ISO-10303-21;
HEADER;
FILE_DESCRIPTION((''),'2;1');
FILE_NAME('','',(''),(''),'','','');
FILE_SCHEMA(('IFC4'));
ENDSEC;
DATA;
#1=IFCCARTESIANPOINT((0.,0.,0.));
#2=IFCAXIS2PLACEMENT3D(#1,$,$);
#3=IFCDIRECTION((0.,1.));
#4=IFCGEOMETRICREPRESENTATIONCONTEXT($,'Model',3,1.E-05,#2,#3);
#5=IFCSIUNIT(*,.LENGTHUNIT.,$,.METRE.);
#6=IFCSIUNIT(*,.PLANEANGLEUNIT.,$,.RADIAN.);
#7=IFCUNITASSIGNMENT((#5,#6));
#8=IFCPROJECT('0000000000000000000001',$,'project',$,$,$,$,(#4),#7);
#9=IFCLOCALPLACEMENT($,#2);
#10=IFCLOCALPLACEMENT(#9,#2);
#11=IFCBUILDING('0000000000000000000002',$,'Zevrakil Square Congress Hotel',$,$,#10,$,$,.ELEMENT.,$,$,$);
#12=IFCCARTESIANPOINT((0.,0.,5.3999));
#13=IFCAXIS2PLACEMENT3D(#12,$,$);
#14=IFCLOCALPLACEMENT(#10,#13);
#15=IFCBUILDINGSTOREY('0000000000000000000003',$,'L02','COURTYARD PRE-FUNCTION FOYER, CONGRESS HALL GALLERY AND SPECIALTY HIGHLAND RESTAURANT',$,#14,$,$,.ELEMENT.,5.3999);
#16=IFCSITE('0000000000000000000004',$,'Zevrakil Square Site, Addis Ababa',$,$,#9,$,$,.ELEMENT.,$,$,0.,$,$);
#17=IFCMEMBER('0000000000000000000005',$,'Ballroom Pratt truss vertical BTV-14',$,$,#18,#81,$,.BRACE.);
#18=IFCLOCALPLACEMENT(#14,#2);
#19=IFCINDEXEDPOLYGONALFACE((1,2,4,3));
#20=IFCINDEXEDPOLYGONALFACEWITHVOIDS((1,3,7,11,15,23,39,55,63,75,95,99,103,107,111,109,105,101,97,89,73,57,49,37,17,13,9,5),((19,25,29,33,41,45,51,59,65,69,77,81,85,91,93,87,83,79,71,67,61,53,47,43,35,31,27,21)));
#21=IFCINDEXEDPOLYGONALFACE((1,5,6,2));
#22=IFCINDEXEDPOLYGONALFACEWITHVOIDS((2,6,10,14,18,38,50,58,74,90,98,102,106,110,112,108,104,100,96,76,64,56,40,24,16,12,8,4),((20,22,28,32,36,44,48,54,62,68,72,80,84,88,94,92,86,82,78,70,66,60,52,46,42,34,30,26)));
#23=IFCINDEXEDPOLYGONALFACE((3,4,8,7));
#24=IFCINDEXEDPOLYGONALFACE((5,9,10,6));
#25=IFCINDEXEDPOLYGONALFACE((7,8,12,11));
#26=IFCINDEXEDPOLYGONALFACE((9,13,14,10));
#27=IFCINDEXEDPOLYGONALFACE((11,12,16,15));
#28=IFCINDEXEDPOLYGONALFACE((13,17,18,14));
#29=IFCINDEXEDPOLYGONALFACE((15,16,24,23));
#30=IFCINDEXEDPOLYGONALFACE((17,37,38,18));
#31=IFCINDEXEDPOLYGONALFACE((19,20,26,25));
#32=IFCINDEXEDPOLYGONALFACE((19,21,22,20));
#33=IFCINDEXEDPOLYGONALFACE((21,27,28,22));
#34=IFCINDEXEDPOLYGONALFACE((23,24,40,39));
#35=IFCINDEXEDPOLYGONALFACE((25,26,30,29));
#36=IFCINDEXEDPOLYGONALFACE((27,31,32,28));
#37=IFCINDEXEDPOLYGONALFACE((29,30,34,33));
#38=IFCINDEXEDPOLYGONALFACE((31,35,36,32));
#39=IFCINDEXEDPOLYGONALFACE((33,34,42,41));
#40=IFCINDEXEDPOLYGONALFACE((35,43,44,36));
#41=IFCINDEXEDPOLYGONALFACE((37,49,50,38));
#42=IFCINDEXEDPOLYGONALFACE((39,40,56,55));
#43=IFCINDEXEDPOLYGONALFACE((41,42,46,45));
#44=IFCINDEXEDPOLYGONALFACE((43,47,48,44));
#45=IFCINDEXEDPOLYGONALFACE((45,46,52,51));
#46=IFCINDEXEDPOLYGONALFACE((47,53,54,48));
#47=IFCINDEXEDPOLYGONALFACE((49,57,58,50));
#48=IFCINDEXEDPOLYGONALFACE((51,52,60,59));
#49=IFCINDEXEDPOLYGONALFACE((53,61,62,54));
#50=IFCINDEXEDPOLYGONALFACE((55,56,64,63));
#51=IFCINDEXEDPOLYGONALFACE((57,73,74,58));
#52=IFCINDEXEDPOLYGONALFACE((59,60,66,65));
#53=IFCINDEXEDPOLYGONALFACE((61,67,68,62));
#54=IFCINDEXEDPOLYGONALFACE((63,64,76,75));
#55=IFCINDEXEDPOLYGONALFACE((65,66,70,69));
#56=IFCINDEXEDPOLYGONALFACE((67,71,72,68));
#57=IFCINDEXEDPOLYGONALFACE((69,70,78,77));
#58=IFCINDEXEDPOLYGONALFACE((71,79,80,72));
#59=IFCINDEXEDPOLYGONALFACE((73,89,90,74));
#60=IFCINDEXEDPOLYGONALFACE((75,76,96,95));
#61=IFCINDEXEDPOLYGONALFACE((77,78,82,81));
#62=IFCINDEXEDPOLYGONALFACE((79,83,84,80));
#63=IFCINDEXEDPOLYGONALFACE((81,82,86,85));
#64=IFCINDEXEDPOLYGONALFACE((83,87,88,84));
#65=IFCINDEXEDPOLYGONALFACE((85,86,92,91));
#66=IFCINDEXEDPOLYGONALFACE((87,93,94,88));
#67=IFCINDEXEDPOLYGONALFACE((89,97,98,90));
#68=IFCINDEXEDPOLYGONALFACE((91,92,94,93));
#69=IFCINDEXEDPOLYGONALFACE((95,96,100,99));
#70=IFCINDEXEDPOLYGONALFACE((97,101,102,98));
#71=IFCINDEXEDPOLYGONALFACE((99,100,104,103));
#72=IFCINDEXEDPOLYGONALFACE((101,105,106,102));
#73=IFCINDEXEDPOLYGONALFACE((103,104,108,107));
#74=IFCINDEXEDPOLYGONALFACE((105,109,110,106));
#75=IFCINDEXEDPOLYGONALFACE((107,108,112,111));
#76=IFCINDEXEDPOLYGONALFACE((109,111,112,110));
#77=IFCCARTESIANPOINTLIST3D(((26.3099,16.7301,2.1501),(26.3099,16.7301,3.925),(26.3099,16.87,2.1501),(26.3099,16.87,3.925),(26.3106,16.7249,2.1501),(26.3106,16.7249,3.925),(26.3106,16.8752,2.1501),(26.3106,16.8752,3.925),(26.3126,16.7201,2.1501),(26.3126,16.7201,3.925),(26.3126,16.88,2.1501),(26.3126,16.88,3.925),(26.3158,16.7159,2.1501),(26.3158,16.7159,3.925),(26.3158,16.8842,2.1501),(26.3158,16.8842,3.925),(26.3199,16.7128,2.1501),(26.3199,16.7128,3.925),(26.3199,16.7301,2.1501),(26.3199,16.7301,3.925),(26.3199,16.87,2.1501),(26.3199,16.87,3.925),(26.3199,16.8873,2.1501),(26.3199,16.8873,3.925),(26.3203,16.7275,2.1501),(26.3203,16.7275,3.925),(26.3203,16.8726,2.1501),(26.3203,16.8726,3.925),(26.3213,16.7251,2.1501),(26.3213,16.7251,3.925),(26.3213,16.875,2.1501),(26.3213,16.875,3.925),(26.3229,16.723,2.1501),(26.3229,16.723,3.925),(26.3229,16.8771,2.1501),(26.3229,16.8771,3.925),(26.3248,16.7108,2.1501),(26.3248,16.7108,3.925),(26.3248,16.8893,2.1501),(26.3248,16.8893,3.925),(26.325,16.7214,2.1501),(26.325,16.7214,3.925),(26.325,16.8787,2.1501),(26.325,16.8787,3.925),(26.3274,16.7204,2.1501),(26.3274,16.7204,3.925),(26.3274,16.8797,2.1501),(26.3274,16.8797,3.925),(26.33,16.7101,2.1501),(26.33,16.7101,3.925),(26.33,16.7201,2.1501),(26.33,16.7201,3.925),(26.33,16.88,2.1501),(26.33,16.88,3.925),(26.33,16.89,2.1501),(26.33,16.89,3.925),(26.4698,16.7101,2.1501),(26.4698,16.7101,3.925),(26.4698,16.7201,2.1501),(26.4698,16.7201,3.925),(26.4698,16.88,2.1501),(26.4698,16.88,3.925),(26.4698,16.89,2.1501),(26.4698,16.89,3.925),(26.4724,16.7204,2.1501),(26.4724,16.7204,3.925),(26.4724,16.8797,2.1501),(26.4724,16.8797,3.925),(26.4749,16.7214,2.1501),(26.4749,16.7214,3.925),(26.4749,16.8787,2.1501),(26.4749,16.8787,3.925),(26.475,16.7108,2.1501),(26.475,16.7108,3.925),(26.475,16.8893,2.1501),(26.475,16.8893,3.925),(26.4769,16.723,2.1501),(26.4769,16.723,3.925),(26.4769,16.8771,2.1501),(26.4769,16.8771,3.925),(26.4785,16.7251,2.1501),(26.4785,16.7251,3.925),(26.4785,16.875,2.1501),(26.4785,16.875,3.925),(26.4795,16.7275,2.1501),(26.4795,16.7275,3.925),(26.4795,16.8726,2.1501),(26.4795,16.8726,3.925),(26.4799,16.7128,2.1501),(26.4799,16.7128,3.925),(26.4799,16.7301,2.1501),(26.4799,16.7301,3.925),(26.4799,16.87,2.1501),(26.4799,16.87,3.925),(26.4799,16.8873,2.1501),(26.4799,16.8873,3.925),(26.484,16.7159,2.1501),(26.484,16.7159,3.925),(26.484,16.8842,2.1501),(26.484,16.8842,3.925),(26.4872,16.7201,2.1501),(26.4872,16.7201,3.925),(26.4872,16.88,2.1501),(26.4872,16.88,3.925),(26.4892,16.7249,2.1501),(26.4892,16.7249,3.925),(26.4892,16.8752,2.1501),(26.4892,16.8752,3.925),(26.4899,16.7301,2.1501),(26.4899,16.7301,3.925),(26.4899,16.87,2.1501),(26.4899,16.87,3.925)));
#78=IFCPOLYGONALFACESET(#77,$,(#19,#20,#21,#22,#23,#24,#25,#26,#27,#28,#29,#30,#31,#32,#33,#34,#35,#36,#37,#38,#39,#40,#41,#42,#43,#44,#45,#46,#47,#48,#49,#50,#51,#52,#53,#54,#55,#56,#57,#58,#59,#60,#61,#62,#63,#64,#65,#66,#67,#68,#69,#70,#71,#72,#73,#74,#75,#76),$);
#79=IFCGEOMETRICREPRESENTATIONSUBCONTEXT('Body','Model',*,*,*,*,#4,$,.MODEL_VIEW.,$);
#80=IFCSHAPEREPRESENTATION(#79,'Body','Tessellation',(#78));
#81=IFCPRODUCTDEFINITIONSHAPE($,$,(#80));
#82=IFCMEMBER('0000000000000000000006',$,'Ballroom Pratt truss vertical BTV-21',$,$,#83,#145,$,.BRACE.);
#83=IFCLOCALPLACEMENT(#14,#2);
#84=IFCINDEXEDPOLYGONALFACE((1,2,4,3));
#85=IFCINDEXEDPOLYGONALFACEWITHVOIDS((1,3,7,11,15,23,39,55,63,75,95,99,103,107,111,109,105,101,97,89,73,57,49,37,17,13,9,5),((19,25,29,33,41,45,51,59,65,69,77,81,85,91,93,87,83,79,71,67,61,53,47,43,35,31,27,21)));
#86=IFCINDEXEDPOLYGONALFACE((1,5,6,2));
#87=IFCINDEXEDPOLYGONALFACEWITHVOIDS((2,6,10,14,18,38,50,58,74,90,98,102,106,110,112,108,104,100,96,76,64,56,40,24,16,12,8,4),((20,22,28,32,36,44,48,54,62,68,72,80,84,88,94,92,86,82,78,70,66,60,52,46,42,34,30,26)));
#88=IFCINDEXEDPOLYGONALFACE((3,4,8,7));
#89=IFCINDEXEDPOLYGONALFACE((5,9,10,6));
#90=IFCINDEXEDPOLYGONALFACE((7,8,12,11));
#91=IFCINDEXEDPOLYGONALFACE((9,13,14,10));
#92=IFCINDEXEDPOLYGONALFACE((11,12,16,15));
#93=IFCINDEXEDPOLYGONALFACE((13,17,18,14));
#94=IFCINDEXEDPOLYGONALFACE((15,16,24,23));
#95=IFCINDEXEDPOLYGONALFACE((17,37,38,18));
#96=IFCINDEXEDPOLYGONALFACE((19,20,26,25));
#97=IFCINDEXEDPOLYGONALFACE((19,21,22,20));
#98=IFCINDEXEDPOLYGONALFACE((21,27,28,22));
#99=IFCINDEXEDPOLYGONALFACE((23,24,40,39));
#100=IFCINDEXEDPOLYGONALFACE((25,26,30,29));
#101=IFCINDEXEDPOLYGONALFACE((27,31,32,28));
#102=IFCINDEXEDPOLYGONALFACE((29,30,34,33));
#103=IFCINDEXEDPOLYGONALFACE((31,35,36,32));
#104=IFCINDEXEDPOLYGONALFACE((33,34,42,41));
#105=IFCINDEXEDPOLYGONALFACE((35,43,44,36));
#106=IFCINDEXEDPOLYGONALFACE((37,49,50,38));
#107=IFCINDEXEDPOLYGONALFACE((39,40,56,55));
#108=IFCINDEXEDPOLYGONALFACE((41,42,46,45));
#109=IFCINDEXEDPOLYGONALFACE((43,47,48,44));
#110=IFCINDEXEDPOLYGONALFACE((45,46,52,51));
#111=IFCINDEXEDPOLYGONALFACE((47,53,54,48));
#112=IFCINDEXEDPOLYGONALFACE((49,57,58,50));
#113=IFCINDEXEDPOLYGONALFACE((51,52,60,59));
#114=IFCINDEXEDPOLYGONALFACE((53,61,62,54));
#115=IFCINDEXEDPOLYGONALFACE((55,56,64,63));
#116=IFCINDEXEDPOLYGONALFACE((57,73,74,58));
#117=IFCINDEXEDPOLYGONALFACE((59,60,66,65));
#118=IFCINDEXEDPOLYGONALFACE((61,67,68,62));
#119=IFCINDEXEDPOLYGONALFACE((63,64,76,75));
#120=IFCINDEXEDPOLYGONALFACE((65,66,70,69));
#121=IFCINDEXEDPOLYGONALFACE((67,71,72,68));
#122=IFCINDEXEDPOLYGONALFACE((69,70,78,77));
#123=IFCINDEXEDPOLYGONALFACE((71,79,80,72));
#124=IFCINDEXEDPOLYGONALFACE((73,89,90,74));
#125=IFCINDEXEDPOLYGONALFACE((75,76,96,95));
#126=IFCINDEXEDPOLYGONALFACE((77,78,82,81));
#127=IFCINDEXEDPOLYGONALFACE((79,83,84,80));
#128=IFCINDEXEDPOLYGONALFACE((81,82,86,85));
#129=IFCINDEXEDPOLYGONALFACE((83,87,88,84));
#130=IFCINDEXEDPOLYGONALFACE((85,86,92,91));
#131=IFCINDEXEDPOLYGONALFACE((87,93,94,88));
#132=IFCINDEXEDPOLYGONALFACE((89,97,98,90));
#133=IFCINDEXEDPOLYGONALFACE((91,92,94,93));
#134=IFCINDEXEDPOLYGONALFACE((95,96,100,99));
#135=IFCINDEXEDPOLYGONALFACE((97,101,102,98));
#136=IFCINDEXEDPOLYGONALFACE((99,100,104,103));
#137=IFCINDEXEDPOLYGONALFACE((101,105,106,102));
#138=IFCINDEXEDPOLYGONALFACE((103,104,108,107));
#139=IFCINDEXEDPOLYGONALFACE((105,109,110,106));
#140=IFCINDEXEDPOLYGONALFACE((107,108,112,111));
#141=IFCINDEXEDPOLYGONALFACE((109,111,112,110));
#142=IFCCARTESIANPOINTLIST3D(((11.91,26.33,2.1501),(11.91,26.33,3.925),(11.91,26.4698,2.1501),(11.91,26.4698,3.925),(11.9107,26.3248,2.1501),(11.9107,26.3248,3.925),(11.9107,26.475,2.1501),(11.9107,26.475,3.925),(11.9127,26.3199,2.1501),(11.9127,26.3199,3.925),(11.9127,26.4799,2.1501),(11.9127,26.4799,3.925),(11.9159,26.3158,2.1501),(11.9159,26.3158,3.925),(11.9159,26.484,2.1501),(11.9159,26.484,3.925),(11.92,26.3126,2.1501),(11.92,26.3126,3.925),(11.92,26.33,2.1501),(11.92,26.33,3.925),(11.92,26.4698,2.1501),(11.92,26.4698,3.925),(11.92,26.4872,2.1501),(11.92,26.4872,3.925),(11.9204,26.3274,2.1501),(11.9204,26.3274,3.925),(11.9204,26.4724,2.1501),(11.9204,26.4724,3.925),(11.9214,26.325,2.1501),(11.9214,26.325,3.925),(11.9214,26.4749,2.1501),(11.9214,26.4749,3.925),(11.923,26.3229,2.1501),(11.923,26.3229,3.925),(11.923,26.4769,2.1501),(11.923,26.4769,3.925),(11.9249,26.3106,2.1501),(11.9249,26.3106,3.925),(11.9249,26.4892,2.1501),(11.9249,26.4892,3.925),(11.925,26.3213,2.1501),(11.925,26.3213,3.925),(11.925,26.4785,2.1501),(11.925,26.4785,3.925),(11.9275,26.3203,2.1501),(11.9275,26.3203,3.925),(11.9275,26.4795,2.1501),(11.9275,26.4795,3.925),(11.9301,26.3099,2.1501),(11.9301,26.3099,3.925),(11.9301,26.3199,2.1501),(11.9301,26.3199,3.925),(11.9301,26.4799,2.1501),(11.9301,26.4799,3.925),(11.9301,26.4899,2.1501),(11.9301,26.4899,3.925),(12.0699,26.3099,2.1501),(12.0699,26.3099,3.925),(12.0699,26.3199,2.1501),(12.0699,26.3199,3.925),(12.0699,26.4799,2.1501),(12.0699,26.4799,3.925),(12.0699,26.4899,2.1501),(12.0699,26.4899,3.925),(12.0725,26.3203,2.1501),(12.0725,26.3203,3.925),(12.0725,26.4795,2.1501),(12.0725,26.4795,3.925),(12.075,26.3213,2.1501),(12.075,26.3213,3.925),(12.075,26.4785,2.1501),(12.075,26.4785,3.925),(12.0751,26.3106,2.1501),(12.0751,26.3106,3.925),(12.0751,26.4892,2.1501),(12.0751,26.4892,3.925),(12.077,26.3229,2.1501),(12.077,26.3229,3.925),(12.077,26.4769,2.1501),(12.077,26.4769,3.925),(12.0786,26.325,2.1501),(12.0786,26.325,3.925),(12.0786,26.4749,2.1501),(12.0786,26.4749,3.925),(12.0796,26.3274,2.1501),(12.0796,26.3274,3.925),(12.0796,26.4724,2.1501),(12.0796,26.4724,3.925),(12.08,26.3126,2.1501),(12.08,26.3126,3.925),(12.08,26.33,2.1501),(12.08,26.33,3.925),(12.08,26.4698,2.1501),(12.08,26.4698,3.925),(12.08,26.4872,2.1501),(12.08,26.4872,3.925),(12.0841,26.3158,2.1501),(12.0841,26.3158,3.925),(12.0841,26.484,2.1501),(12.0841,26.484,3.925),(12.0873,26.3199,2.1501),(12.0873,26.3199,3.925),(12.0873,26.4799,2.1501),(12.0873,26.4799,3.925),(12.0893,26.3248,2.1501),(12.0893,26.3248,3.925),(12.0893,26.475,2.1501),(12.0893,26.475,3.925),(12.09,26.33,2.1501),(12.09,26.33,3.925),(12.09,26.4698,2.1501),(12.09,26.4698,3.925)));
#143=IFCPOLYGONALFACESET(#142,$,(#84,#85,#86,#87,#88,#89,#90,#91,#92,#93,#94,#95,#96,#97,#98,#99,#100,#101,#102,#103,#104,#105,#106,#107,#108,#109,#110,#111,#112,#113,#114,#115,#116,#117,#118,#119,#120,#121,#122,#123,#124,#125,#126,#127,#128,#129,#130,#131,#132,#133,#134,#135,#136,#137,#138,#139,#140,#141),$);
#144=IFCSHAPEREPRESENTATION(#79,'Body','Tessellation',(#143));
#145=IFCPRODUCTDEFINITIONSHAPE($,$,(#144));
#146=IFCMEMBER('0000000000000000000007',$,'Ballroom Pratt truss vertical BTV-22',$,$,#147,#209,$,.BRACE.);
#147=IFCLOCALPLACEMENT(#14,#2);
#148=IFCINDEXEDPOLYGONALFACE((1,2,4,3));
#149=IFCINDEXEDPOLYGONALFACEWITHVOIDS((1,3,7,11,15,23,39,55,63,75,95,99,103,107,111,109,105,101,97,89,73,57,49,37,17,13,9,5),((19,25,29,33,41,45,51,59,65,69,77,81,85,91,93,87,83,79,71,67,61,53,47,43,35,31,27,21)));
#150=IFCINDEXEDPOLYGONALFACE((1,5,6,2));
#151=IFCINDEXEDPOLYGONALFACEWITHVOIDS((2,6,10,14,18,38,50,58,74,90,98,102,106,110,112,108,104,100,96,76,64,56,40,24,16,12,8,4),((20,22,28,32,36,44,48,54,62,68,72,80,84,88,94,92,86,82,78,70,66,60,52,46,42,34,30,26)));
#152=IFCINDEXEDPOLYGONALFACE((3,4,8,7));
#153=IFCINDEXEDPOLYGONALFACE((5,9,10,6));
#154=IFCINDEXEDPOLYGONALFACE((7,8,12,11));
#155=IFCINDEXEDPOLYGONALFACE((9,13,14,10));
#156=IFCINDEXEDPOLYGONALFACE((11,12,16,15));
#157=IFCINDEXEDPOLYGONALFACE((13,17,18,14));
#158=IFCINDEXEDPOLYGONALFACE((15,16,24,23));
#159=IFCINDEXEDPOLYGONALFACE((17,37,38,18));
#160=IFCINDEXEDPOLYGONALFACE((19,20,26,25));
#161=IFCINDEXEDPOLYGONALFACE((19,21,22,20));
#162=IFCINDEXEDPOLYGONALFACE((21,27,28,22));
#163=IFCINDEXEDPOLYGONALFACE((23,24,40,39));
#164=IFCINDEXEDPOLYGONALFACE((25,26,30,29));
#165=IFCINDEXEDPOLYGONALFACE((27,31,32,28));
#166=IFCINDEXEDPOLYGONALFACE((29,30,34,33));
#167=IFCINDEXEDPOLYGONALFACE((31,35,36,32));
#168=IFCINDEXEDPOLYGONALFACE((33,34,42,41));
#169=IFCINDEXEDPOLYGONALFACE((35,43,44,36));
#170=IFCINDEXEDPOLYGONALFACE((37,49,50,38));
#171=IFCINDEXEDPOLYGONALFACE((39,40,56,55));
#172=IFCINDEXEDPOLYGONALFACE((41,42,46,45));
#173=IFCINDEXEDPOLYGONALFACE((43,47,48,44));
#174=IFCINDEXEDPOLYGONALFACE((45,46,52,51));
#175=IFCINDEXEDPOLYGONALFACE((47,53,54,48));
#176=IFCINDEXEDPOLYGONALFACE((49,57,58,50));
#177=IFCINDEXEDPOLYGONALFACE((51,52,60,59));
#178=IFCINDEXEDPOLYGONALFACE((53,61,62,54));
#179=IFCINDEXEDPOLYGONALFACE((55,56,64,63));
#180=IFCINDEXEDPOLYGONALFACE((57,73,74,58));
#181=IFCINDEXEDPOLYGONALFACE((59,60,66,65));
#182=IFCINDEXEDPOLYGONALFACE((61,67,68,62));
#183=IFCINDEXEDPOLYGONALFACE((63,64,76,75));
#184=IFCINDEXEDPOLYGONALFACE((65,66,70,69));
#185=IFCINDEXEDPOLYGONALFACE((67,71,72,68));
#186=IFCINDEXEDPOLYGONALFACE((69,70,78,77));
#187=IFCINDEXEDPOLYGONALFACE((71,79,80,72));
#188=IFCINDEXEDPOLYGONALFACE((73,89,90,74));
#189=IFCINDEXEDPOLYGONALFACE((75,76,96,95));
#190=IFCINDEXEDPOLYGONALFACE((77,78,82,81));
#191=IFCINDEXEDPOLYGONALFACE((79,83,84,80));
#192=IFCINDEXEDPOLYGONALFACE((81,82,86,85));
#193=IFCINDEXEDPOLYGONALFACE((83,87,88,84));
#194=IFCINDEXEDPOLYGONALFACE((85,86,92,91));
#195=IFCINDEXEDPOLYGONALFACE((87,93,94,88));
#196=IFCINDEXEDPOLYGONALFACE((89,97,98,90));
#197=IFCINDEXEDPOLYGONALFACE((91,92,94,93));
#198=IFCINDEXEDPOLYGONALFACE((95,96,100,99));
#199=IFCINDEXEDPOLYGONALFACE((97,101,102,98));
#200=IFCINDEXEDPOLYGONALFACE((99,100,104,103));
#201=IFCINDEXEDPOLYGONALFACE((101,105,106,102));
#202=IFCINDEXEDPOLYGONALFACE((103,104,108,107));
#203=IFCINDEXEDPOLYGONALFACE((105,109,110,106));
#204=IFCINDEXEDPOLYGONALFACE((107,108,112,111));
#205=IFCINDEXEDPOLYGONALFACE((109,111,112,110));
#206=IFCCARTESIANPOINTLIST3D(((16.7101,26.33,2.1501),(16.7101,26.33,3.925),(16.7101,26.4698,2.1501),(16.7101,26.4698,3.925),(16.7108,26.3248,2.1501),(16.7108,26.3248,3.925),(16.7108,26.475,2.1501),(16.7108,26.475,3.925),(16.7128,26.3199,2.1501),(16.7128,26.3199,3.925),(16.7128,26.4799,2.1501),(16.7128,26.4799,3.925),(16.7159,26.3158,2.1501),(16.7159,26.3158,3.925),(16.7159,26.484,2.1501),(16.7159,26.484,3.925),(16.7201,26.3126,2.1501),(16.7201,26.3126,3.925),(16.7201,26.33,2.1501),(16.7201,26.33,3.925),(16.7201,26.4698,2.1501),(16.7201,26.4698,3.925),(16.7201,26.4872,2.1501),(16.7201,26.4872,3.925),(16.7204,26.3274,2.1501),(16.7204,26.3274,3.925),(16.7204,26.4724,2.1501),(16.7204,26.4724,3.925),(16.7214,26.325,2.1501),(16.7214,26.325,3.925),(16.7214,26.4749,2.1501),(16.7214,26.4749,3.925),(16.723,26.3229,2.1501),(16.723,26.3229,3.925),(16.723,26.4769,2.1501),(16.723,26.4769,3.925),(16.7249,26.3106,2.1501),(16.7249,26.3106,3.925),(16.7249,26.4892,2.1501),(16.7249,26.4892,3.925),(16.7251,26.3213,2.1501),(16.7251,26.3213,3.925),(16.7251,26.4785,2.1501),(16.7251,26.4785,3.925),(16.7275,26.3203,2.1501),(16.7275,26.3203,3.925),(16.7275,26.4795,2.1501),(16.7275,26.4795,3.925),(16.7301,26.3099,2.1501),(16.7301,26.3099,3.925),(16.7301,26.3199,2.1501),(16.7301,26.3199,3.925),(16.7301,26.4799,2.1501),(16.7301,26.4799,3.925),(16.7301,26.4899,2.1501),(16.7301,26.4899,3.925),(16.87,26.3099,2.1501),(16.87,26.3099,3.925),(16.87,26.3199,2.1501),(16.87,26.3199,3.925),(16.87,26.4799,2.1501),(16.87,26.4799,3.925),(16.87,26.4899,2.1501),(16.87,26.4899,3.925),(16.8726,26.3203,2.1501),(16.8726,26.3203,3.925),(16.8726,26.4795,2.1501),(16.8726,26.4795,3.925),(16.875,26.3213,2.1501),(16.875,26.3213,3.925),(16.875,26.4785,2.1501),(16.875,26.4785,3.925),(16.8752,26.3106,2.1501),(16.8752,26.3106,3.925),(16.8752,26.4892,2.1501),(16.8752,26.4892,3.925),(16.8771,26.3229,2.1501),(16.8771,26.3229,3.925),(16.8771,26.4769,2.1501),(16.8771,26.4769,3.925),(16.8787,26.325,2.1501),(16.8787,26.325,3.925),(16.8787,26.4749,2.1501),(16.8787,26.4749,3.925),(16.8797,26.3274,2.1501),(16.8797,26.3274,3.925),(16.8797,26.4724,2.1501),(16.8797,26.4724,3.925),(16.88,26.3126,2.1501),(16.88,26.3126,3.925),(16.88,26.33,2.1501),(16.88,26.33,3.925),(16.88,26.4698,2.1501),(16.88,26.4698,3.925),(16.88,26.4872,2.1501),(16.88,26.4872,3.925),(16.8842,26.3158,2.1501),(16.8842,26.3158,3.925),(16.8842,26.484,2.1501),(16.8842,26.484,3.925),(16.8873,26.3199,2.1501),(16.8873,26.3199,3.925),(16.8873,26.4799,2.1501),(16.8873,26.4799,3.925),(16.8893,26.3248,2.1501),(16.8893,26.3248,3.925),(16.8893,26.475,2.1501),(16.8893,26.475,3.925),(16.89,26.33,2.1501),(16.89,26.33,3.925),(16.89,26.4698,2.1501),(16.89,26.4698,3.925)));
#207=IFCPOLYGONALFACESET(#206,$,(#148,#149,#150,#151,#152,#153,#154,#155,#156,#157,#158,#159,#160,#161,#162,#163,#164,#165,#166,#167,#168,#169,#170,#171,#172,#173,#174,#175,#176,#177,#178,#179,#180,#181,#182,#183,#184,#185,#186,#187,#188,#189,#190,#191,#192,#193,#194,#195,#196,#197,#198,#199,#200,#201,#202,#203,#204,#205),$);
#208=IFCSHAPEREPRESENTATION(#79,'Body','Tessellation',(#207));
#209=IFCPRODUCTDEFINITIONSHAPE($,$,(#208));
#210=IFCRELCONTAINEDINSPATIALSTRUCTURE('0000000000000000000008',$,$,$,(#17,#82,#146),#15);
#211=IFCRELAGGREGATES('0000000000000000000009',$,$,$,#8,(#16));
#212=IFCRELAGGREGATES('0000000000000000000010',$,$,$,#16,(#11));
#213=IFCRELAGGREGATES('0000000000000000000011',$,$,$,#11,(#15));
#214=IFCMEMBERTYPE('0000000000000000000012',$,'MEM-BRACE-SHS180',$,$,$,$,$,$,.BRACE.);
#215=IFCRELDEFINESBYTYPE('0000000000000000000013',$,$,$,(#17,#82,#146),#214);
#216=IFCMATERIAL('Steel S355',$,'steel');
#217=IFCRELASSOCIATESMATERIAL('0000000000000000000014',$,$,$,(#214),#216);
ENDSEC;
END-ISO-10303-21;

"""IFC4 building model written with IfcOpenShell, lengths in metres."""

from ifc_helpers import new_model, si_unit, direction, frame, origin, origin_2d, place, context, subcontext, project, spatial, hollow_rectangle, extrude, material, material_profile, profile_set, type_object, element, save


model = new_model("IFC4")

# Units and contexts
model_context = context("Model", 3, precision=1e-05, world=origin(), true_north=direction((0.0, 1.0)))
body_context = subcontext(model_context, "Body", "Model", "MODEL_VIEW")
ifc_project = project(units=[si_unit("LENGTHUNIT", "METRE"), si_unit("PLANEANGLEUNIT", "RADIAN")], contexts=[model_context])

# Site, building, storey
site_placement = place(None, origin())
site = spatial("IfcSite", under=ifc_project, at=site_placement, Name="Zevrakil Square Site, Addis Ababa", CompositionType="ELEMENT", RefElevation=0.0)
building_placement = place(site_placement, origin())
building = spatial("IfcBuilding", under=site, at=building_placement, Name="Zevrakil Square Congress Hotel", CompositionType="ELEMENT")
storey_placement = place(building_placement, frame((0.0, 0.0, 5.3999)))
storey = spatial("IfcBuildingStorey", under=building, at=storey_placement, Name="L02", Description="COURTYARD PRE-FUNCTION FOYER, CONGRESS HALL GALLERY AND SPECIALTY HIGHLAND RESTAURANT", CompositionType="ELEMENT", Elevation=5.3999)

# Members
ifc_material_1 = material(Name="Steel S355", Category="steel")
ifc_material_profile_1 = material_profile(ifc_material_1, hollow_rectangle(XDim=0.1799, YDim=0.1799, WallThickness=0.01, InnerFilletRadius=0.01, OuterFilletRadius=0.02, at=origin_2d()), Name="SHS 180x180x10")
ifc_profile_set_1 = profile_set([ifc_material_profile_1], Name="Steel S355")
member_type_1 = type_object("IfcMemberType", Name="MEM-BRACE-SHS180", PredefinedType="BRACE", material=ifc_profile_set_1)
for number, where, z_axis, x_axis, name in (
    (1, (26.3999, 16.8, 2.1501), (0.0, 0.0, 1.0), (1.0, 0.0, 0.0), "Ballroom Pratt truss vertical BTV-14"),
    (2, (12.0, 26.3999, 2.1501), (0.0, 0.0, 1.0), (1.0, 0.0, 0.0), "Ballroom Pratt truss vertical BTV-21"),
    (3, (16.8, 26.3999, 2.1501), (0.0, 0.0, 1.0), (1.0, 0.0, 0.0), "Ballroom Pratt truss vertical BTV-22"),
):
    element("IfcMember", number, at=place(storey_placement, frame(where, z_axis=z_axis, x_axis=x_axis)), inside=storey, type_object=member_type_1, Name=name, PredefinedType="BRACE", context=body_context, shape_type="SweptSolid", body=[
        extrude(hollow_rectangle(XDim=0.1799, YDim=0.1799, WallThickness=0.01, InnerFilletRadius=0.01, OuterFilletRadius=0.02, at=origin_2d()), origin(), (0.0, 0.0, 1.0), 1.7749),
    ])

save(model, "model.ifc")
